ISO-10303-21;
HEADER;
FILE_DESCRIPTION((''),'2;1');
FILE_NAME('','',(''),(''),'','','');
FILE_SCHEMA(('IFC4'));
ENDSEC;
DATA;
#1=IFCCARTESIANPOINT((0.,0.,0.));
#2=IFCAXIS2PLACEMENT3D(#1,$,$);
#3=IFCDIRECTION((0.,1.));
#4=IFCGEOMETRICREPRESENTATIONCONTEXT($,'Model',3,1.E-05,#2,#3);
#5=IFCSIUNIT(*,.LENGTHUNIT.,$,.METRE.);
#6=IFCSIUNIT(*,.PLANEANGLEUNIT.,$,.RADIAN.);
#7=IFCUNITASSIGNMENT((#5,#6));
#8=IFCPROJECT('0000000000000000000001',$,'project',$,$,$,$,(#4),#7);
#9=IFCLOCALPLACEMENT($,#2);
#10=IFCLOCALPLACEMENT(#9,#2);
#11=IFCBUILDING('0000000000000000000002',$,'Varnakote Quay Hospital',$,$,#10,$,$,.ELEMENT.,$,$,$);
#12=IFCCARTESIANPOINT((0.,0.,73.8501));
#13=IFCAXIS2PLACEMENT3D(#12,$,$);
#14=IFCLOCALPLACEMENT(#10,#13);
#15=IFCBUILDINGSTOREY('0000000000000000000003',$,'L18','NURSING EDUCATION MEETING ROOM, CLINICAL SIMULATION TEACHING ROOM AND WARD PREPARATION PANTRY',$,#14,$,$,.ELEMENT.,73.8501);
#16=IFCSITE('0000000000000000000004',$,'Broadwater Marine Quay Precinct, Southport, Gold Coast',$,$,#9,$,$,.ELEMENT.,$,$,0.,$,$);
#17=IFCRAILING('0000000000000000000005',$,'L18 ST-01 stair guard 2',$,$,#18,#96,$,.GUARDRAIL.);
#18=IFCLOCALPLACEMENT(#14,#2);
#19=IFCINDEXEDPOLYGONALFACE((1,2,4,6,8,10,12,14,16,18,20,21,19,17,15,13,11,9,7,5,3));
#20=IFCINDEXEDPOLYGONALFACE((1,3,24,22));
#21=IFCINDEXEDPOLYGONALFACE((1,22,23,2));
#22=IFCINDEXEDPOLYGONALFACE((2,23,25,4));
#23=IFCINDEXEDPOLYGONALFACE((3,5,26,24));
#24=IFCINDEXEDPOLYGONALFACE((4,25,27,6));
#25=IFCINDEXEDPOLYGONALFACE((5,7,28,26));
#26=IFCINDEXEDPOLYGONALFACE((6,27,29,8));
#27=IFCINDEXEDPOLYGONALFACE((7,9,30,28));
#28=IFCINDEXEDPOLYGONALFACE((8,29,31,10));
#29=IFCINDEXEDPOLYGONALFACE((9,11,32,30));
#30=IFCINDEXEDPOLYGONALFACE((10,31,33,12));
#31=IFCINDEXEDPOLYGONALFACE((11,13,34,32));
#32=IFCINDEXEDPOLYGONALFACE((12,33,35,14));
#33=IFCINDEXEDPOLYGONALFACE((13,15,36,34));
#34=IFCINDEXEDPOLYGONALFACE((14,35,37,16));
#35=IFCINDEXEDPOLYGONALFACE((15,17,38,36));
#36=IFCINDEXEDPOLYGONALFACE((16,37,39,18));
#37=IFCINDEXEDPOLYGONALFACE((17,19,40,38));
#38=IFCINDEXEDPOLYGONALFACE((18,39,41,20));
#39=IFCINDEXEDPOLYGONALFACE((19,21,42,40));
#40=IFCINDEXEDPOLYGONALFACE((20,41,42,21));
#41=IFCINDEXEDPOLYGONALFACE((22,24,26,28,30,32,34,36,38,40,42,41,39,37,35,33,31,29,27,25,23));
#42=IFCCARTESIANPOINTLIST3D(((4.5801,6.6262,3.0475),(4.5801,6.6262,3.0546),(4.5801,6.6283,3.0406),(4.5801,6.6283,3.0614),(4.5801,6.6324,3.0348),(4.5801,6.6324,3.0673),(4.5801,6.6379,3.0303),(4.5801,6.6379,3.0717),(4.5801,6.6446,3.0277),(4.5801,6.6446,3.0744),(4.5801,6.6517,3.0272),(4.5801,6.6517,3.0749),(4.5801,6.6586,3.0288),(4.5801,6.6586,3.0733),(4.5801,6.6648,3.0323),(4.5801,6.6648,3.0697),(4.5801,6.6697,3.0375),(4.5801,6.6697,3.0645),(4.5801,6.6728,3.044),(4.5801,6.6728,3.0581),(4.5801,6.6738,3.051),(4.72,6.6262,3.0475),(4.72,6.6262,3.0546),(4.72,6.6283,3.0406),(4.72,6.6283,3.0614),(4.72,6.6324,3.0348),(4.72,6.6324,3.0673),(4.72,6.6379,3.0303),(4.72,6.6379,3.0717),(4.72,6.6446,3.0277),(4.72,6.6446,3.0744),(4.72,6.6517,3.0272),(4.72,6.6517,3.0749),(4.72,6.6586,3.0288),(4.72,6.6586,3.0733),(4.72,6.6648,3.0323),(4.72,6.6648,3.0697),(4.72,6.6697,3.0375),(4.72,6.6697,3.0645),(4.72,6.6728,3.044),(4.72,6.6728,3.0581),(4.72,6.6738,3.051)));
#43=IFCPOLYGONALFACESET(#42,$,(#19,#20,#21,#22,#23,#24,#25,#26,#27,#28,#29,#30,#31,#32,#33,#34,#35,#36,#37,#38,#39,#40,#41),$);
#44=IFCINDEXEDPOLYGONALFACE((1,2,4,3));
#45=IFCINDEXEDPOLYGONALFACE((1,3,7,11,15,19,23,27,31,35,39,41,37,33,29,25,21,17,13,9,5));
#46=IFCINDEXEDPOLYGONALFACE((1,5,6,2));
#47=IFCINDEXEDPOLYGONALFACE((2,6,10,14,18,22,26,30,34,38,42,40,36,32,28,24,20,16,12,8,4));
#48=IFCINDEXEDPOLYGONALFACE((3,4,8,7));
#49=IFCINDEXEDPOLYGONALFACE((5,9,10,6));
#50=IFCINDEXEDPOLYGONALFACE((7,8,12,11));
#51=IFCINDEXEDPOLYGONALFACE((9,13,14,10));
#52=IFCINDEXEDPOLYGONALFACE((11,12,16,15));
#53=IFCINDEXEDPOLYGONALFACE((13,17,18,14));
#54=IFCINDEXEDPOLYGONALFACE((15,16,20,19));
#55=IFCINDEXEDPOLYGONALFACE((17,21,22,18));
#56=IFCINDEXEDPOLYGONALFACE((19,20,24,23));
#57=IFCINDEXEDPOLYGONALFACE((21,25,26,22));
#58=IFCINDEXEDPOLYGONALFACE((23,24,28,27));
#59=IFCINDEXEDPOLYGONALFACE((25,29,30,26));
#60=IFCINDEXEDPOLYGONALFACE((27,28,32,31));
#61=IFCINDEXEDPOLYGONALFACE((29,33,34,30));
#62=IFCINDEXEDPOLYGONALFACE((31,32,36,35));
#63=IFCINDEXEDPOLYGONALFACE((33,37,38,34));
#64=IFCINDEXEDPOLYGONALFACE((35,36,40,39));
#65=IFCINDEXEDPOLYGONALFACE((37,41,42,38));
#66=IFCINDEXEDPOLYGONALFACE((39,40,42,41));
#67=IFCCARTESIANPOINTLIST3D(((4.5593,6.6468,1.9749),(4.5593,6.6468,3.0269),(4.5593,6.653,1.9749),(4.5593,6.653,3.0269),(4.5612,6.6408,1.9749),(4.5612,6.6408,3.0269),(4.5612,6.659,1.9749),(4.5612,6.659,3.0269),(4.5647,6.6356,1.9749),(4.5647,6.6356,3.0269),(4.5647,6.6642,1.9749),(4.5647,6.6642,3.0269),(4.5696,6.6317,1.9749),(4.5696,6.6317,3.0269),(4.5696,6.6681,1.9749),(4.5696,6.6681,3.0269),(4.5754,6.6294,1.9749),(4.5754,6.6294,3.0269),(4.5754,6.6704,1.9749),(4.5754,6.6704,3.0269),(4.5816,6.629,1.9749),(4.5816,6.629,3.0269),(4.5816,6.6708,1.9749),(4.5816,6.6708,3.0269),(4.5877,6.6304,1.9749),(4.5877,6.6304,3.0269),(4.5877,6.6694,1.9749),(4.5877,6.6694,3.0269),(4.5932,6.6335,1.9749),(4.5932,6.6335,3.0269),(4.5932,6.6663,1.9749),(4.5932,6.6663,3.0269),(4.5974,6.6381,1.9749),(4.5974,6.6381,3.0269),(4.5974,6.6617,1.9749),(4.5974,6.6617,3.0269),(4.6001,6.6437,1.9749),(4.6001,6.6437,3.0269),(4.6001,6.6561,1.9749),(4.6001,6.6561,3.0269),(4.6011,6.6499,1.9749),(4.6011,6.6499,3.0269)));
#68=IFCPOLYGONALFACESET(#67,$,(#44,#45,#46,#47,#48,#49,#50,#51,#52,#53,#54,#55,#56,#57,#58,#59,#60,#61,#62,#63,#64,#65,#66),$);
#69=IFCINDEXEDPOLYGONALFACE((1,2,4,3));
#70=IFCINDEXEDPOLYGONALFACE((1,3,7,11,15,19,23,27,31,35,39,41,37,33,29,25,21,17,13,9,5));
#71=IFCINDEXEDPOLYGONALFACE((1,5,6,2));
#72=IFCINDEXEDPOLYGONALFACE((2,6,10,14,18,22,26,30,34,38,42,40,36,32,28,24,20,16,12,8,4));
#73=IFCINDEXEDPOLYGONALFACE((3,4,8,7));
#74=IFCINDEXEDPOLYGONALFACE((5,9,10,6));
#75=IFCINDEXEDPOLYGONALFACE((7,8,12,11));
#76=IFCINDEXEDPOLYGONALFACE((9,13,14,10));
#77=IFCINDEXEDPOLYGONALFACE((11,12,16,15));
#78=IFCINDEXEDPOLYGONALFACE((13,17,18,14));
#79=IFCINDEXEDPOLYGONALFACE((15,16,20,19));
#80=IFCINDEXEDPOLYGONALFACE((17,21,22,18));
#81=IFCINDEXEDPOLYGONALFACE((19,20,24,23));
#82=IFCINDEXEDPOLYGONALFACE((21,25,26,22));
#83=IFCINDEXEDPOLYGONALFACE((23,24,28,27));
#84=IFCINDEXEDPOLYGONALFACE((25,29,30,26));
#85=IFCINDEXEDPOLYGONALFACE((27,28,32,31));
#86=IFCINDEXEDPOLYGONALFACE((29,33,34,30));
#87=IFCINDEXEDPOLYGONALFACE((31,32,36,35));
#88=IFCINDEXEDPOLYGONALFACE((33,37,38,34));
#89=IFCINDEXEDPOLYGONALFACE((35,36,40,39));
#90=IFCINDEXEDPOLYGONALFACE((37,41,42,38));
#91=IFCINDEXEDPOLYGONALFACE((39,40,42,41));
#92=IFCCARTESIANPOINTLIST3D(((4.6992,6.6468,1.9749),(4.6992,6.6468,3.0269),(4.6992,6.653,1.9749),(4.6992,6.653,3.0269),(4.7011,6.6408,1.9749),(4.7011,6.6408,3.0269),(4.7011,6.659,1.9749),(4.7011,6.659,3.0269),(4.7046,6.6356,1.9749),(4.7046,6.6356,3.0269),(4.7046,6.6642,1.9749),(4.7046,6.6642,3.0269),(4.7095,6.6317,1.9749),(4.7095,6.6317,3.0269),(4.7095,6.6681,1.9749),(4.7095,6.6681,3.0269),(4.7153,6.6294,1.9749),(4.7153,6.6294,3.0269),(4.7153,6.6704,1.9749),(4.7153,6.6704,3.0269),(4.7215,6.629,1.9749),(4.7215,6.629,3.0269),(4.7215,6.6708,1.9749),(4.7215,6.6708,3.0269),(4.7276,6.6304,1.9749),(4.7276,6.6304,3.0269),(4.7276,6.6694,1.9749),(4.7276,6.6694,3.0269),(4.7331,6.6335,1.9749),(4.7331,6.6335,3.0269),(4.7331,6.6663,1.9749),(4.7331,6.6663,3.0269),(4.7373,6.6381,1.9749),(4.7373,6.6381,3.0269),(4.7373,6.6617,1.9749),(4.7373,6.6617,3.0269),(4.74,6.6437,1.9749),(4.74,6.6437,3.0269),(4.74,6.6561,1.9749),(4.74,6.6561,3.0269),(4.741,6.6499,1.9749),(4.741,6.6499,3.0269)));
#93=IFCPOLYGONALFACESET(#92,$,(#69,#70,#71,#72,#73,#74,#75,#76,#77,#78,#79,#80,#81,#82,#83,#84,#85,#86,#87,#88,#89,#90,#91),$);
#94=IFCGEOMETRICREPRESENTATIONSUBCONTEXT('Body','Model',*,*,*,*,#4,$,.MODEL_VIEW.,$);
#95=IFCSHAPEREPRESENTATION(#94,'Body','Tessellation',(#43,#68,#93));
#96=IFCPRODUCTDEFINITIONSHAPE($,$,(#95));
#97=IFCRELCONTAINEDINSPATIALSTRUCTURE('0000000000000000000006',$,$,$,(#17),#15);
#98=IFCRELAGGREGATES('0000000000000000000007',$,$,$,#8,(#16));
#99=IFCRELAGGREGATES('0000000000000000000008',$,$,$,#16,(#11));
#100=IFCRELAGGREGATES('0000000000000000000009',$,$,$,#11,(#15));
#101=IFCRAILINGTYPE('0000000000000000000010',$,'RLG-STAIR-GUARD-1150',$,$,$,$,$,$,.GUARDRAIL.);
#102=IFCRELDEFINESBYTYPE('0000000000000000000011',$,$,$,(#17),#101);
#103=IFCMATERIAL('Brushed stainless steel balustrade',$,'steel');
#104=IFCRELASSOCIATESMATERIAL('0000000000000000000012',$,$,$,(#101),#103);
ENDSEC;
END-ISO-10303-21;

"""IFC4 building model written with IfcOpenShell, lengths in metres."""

from ifc_helpers import new_model, si_unit, direction, frame, origin, origin_2d, place, context, subcontext, project, spatial, circle, extrude, material, type_object, element, save


model = new_model("IFC4")

# Units and contexts
model_context = context("Model", 3, precision=1e-05, world=origin(), true_north=direction((0.0, 1.0)))
body_context = subcontext(model_context, "Body", "Model", "MODEL_VIEW")
ifc_project = project(units=[si_unit("LENGTHUNIT", "METRE"), si_unit("PLANEANGLEUNIT", "RADIAN")], contexts=[model_context])

# Site, building, storey
site_placement = place(None, origin())
site = spatial("IfcSite", under=ifc_project, at=site_placement, Name="Broadwater Marine Quay Precinct, Southport, Gold Coast", CompositionType="ELEMENT", RefElevation=0.0)
building_placement = place(site_placement, origin())
building = spatial("IfcBuilding", under=site, at=building_placement, Name="Varnakote Quay Hospital", CompositionType="ELEMENT")
storey_placement = place(building_placement, frame((0.0, 0.0, 73.8501)))
storey = spatial("IfcBuildingStorey", under=building, at=storey_placement, Name="L18", Description="NURSING EDUCATION MEETING ROOM, CLINICAL SIMULATION TEACHING ROOM AND WARD PREPARATION PANTRY", CompositionType="ELEMENT", Elevation=73.8501)

# Railing
ifc_material_1 = material(Name="Brushed stainless steel balustrade", Category="steel")
railing_type_1 = type_object("IfcRailingType", Name="RLG-STAIR-GUARD-1150", PredefinedType="GUARDRAIL", material=ifc_material_1)
railing_1_placement = place(storey_placement, frame((4.5801, 6.6499, 1.9749)))
element("IfcRailing", 1, at=railing_1_placement, inside=storey, type_object=railing_type_1, Name="L18 ST-01 stair guard 2", PredefinedType="GUARDRAIL", context=body_context, shape_type="SweptSolid", body=[
    extrude(circle(Radius=0.0239, at=origin_2d()), frame((0.0, 0.0, 1.0762), z_axis=(1.0, 0.0, 0.0), x_axis=(0.0, 1.0, 0.0)), (0.0, 0.0, 1.0), 0.1399),
    extrude(circle(Radius=0.021, at=origin_2d()), origin(), (0.0, 0.0, 1.0), 1.052),
    extrude(circle(Radius=0.021, at=origin_2d()), frame((0.1399, 0.0, 0.0)), (0.0, 0.0, 1.0), 1.052),
])

save(model, "model.ifc")
